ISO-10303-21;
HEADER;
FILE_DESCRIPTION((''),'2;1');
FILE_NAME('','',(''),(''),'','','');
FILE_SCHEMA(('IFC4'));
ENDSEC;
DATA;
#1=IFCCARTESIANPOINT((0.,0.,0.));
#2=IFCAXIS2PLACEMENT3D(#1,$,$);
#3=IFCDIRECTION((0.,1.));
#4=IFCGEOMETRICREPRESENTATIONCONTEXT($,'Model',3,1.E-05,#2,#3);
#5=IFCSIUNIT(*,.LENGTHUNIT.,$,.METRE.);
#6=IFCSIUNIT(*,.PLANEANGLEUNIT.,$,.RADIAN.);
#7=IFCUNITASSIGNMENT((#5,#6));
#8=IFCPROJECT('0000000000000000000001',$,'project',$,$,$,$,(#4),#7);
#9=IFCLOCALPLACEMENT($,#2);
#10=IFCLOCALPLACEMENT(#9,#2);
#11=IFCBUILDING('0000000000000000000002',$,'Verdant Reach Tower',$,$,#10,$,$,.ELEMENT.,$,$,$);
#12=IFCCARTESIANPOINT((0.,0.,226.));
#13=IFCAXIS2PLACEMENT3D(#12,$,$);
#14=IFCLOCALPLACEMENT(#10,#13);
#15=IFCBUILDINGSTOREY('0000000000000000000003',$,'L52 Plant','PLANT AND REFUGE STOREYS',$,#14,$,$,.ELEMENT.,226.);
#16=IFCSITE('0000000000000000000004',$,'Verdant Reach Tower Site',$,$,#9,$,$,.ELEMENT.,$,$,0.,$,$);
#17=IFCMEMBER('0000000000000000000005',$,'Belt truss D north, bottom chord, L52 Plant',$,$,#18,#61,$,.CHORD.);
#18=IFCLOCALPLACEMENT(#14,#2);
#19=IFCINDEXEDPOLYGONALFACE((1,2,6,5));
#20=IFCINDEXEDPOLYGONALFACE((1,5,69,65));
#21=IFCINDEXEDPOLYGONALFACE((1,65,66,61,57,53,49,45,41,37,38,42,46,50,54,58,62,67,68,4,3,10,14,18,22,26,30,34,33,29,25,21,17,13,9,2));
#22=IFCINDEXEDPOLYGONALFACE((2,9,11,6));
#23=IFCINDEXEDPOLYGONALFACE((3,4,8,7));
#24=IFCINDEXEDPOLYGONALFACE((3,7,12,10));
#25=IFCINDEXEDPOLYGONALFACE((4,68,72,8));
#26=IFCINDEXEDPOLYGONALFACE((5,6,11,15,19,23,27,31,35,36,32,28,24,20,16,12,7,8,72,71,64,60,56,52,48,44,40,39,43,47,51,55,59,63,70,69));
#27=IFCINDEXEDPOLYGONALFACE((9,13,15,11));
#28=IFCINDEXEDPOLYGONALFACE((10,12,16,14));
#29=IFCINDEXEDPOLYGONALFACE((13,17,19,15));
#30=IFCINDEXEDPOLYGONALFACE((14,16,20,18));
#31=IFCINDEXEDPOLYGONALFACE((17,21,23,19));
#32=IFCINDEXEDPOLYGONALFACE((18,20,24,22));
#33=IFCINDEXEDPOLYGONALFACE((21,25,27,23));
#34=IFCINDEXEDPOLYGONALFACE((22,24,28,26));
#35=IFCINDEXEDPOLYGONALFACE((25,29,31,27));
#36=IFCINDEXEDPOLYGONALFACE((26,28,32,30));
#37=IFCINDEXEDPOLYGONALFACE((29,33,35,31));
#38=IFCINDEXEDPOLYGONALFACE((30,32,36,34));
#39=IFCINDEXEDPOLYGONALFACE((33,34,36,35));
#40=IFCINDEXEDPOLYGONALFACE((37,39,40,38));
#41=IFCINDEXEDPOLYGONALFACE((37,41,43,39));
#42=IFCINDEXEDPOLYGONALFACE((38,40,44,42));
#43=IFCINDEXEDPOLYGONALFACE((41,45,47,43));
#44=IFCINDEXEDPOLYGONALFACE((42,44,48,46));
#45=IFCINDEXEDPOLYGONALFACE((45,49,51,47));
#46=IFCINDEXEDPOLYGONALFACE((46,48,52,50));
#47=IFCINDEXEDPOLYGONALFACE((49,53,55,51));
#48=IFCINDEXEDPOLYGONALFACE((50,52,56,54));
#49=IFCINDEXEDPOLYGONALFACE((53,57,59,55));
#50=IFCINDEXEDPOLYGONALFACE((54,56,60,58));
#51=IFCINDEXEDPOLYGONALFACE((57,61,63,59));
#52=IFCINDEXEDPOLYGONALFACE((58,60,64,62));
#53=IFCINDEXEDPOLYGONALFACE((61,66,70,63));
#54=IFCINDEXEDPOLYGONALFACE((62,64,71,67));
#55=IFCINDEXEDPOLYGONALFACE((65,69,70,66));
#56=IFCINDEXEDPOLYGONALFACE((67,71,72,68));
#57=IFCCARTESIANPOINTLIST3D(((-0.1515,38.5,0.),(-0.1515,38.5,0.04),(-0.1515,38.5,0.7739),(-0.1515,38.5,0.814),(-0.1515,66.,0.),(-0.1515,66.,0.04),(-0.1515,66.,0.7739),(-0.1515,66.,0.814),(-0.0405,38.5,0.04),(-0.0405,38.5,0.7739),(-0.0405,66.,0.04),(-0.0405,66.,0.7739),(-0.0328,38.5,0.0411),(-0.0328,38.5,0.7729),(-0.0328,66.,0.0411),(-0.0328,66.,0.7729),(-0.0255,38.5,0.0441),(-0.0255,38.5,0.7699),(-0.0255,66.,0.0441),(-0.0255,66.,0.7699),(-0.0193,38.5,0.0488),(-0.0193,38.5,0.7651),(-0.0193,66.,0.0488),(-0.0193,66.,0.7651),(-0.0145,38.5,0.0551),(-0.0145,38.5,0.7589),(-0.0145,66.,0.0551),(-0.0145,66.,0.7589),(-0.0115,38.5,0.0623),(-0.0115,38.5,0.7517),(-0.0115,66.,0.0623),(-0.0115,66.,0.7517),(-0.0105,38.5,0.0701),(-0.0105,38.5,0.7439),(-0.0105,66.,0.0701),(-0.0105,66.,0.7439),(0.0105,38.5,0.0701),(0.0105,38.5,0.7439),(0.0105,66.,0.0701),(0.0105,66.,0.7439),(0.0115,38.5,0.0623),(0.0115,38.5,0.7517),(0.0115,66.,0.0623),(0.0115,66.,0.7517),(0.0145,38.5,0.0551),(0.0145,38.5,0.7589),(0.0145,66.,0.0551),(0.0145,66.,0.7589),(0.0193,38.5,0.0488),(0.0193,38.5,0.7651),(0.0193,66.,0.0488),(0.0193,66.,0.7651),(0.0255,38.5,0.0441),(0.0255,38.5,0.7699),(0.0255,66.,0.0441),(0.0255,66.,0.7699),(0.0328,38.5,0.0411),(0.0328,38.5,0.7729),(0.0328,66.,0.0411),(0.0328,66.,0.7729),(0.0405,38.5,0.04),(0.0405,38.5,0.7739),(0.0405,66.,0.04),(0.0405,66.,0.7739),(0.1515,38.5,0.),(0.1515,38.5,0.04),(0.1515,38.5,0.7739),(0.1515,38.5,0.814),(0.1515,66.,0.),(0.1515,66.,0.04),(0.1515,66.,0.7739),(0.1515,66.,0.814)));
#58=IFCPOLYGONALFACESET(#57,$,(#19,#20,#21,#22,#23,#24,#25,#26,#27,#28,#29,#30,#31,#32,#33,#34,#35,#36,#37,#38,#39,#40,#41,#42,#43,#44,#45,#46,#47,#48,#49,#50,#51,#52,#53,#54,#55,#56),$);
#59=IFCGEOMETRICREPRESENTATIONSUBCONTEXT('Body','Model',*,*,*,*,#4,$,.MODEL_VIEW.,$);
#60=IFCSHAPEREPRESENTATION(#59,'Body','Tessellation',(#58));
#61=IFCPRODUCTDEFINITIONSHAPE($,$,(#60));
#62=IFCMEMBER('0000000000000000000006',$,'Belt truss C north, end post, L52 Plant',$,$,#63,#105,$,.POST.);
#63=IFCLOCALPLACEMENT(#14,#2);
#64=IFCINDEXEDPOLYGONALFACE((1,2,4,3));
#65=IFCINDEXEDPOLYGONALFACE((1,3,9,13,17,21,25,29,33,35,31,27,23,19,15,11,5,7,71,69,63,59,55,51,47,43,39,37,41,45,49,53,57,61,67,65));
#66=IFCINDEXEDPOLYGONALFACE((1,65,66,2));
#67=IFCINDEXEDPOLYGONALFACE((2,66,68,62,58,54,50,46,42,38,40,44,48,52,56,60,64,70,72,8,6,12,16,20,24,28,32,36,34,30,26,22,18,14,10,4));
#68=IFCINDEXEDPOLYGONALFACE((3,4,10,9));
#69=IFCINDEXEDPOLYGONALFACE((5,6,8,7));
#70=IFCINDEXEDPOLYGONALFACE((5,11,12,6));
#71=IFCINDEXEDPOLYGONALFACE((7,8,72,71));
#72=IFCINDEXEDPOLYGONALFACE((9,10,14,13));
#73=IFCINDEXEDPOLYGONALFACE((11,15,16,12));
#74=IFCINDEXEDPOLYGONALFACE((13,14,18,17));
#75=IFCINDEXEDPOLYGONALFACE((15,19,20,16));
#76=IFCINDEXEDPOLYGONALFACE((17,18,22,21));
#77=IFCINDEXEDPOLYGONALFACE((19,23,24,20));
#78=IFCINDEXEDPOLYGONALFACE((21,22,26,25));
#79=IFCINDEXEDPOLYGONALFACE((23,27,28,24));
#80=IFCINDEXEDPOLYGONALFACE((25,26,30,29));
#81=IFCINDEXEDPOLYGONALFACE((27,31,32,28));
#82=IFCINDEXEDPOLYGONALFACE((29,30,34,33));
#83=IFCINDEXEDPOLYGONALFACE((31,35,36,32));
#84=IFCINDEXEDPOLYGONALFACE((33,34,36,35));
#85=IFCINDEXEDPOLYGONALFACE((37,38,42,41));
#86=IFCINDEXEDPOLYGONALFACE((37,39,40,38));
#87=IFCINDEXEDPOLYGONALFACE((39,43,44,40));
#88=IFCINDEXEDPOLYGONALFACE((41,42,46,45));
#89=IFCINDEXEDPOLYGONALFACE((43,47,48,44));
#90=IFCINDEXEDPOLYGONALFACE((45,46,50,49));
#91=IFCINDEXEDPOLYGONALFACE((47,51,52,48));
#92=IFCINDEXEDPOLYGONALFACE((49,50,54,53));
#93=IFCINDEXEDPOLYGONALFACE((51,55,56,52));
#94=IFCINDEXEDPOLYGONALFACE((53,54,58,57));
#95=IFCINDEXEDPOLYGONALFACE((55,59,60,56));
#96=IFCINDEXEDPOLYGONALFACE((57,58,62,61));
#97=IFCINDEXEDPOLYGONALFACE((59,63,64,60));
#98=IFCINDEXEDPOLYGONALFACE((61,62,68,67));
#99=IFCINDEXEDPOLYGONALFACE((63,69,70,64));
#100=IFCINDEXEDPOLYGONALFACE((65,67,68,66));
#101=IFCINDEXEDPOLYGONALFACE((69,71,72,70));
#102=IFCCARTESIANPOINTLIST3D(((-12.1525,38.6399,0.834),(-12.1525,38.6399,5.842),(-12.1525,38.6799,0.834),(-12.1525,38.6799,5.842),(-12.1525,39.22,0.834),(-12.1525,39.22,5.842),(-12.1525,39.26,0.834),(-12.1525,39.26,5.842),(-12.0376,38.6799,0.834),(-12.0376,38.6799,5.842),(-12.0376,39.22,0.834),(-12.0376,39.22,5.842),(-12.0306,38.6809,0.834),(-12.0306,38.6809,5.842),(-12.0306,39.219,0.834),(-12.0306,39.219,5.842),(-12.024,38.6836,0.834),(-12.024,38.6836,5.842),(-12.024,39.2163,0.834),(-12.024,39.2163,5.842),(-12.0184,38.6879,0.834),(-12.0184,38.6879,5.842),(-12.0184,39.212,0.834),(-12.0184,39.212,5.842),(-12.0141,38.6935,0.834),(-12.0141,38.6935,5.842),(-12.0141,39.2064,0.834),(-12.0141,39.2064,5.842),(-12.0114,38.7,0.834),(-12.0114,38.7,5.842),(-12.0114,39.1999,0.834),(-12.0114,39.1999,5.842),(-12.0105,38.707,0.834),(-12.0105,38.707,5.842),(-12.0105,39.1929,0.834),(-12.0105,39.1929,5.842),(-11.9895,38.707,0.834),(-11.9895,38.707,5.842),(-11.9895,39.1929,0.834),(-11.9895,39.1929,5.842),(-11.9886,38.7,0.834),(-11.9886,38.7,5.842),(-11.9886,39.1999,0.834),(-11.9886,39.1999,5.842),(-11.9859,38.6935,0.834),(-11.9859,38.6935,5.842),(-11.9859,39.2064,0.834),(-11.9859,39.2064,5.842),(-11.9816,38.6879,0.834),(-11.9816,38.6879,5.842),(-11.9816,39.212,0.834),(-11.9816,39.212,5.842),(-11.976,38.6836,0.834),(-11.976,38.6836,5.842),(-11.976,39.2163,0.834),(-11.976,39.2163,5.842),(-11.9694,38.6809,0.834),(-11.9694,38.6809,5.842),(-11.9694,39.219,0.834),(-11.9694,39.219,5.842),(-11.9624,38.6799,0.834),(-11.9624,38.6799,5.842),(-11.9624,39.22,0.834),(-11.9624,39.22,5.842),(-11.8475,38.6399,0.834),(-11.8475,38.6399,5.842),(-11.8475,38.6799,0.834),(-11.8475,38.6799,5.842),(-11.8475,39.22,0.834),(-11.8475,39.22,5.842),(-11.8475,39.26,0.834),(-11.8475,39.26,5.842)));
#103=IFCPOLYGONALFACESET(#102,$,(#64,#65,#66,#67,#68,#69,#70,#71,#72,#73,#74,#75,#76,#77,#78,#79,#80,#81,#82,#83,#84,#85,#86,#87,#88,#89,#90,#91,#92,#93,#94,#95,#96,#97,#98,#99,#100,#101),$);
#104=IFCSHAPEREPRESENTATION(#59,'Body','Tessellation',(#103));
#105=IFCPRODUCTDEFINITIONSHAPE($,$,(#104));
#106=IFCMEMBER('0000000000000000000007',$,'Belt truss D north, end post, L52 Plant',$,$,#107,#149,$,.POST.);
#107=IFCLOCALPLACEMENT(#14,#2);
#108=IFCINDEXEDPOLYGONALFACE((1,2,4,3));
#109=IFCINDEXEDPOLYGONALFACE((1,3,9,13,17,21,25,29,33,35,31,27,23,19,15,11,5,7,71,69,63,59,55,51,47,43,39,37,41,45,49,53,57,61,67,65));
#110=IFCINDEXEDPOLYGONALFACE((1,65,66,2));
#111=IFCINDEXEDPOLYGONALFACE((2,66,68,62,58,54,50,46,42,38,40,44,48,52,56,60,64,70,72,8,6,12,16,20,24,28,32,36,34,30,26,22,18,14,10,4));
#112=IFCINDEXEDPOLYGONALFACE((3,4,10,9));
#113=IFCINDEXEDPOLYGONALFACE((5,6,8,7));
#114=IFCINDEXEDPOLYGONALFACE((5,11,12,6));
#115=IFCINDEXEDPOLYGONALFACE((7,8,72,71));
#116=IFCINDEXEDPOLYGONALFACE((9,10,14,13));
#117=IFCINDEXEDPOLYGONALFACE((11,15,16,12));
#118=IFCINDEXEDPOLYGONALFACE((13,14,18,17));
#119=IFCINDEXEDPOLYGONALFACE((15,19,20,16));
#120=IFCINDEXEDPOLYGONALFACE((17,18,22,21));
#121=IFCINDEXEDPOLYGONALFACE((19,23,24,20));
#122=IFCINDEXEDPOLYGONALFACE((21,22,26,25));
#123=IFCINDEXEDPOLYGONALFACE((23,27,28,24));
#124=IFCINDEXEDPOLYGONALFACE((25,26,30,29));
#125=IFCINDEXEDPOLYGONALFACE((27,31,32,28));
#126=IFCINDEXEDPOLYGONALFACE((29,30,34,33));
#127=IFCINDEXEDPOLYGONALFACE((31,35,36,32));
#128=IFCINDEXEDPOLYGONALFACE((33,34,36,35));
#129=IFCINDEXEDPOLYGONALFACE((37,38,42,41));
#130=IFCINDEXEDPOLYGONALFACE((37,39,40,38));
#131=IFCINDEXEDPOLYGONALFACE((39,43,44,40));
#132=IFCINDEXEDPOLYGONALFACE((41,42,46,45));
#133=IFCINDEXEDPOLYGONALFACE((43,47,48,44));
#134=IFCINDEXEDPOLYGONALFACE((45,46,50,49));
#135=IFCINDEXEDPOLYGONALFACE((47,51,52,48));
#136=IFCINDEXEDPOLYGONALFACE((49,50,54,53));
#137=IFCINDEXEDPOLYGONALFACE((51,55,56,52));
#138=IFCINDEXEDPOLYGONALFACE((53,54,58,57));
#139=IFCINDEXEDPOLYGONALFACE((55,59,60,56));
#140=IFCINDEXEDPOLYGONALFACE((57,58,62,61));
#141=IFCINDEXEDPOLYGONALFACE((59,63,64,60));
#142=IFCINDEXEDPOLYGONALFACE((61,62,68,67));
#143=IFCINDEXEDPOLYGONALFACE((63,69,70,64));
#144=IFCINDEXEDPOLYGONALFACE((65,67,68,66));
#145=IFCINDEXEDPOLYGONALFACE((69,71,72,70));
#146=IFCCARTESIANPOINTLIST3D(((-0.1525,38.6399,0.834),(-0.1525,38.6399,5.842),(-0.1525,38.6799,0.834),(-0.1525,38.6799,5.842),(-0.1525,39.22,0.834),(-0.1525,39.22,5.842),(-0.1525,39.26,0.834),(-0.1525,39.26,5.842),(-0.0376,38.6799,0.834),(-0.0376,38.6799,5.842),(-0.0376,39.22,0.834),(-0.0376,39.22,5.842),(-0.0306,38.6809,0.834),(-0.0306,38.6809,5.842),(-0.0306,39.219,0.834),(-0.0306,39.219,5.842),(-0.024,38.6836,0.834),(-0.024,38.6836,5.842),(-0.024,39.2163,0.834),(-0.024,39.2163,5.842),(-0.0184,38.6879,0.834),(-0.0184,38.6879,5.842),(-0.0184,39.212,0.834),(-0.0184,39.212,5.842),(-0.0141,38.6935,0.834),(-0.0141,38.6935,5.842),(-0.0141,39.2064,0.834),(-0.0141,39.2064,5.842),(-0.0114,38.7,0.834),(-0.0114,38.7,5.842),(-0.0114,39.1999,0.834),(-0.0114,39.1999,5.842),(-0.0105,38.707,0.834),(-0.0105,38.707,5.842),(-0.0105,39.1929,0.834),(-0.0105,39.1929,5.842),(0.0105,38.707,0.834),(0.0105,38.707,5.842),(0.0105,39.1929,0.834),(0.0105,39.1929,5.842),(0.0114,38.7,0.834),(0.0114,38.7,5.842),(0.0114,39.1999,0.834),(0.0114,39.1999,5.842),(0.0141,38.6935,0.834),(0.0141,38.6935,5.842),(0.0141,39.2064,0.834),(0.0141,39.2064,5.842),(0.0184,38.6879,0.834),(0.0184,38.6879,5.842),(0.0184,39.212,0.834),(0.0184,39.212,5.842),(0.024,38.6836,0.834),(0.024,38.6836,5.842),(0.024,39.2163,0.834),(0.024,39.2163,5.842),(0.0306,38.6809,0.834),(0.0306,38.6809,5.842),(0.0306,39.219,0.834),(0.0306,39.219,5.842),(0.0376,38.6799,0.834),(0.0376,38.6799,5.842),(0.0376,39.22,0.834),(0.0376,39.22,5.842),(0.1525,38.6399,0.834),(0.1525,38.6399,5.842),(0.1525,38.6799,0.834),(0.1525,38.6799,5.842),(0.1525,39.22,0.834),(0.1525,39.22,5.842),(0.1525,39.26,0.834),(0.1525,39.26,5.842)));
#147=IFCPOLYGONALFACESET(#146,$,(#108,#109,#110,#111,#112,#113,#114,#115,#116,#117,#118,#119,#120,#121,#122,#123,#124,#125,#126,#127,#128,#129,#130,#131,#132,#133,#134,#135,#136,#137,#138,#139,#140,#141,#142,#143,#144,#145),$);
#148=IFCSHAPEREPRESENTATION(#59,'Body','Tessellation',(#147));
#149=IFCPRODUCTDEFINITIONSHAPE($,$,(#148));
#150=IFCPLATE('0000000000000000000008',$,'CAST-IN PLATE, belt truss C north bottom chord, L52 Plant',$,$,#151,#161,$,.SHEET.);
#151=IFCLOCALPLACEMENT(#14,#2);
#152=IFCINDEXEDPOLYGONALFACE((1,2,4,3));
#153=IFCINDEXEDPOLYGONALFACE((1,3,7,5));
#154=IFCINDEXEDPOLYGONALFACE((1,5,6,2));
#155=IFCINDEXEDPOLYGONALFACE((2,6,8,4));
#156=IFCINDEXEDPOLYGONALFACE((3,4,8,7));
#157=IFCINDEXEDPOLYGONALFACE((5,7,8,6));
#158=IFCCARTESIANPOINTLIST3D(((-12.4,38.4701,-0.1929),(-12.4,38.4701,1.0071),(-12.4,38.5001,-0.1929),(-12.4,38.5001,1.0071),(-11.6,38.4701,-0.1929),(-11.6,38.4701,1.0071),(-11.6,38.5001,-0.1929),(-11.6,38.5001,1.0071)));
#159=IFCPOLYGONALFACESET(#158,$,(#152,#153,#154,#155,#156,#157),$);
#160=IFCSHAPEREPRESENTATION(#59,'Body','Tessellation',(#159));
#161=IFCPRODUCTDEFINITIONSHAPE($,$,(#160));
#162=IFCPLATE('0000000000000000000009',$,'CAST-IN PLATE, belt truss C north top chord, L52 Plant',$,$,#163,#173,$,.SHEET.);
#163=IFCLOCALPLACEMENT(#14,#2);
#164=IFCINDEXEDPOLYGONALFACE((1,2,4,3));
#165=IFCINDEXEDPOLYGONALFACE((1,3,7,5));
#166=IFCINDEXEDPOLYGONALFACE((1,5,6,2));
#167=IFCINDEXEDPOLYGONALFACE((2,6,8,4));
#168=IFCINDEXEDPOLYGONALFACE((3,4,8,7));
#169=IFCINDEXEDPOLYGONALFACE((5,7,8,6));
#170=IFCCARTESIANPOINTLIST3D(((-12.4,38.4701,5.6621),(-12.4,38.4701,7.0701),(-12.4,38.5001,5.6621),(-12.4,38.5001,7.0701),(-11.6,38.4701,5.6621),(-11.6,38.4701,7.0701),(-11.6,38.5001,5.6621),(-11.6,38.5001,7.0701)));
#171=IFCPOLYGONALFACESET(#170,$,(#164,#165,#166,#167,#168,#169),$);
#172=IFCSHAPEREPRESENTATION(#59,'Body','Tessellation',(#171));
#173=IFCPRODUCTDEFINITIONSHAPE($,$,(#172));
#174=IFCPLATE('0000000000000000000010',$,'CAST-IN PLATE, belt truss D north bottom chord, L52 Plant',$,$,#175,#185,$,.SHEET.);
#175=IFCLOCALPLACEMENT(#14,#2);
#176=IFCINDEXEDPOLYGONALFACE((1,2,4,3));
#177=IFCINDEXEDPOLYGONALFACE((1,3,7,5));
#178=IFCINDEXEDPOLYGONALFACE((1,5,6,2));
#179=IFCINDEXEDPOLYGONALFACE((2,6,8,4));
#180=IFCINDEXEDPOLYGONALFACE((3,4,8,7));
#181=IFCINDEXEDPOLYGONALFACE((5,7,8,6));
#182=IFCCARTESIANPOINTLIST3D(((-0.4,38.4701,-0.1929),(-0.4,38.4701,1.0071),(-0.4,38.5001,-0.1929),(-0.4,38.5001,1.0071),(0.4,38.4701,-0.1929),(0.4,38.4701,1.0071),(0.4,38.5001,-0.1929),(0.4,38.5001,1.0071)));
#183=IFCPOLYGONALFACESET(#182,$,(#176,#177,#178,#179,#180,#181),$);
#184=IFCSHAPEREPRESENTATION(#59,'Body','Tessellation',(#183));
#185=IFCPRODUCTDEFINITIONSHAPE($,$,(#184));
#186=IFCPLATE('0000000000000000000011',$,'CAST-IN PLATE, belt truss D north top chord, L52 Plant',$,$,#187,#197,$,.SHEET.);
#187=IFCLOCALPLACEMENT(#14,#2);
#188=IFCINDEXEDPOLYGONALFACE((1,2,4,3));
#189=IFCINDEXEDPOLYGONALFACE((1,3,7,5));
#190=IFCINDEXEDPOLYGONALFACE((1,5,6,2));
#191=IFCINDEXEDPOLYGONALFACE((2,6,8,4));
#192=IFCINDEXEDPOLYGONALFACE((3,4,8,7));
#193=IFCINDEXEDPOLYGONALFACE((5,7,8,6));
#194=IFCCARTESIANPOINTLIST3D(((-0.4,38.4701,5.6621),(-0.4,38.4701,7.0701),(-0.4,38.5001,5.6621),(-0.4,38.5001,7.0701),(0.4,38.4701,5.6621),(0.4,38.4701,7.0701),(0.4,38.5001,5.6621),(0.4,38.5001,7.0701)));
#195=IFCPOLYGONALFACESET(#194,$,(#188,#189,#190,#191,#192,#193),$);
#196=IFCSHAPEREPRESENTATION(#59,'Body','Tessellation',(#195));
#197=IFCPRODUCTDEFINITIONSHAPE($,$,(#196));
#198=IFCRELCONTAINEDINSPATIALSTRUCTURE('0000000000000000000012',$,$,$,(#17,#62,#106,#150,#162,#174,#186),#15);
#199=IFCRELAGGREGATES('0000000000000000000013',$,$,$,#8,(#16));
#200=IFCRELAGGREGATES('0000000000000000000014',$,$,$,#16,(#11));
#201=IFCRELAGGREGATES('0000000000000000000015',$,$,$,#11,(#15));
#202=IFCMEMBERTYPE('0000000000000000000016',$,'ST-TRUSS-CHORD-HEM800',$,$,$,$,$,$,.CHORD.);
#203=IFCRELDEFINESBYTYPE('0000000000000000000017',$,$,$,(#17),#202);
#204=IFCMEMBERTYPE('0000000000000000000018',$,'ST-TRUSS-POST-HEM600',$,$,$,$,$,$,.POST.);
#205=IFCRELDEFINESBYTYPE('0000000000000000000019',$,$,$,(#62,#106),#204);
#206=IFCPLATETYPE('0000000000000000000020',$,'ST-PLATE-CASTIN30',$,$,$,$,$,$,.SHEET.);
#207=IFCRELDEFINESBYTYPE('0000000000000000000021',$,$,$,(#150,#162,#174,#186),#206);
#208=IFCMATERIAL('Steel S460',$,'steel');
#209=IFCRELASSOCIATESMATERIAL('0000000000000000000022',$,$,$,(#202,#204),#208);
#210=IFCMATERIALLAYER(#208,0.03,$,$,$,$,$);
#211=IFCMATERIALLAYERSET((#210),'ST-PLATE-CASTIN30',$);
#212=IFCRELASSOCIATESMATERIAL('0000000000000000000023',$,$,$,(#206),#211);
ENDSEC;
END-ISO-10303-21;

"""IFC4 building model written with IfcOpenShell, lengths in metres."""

from ifc_helpers import new_model, si_unit, direction, frame, origin, origin_2d, place, context, subcontext, project, spatial, rectangle, i_section, extrude, material, layer, layer_set, material_profile, profile_set, type_object, element, save


model = new_model("IFC4")

# Units and contexts
model_context = context("Model", 3, precision=1e-05, world=origin(), true_north=direction((0.0, 1.0)))
body_context = subcontext(model_context, "Body", "Model", "MODEL_VIEW")
ifc_project = project(units=[si_unit("LENGTHUNIT", "METRE"), si_unit("PLANEANGLEUNIT", "RADIAN")], contexts=[model_context])

# Site, building, storey
site_placement = place(None, origin())
site = spatial("IfcSite", under=ifc_project, at=site_placement, Name="Verdant Reach Tower Site", CompositionType="ELEMENT", RefElevation=0.0)
building_placement = place(site_placement, origin())
building = spatial("IfcBuilding", under=site, at=building_placement, Name="Verdant Reach Tower", CompositionType="ELEMENT")
storey_placement = place(building_placement, frame((0.0, 0.0, 226.0)))
storey = spatial("IfcBuildingStorey", under=building, at=storey_placement, Name="L52 Plant", Description="PLANT AND REFUGE STOREYS", CompositionType="ELEMENT", Elevation=226.0)

# Shared definitions
ifc_material_1 = material(Name="Steel S460", Category="steel")

# Members
ifc_material_profile_1 = material_profile(ifc_material_1, i_section(OverallWidth=0.303, OverallDepth=0.814, WebThickness=0.021, FlangeThickness=0.04, FilletRadius=0.03, at=origin_2d()), Name="HEM 800")
ifc_profile_set_1 = profile_set([ifc_material_profile_1], Name="Steel S460")
member_type_1 = type_object("IfcMemberType", Name="ST-TRUSS-CHORD-HEM800", PredefinedType="CHORD", material=ifc_profile_set_1)
member_1_placement = place(storey_placement, frame((0.0, 38.5, 0.407), z_axis=(0.0, 1.0, 0.0), x_axis=(-1.0, 0.0, 0.0)))
element("IfcMember", 1, at=member_1_placement, inside=storey, type_object=member_type_1, Name="Belt truss D north, bottom chord, L52 Plant", PredefinedType="CHORD", context=body_context, shape_type="SweptSolid", body=[
    extrude(i_section(OverallWidth=0.303, OverallDepth=0.814, WebThickness=0.021, FlangeThickness=0.04, FilletRadius=0.03, at=origin_2d()), origin(), (0.0, 0.0, 1.0), 27.5),
])
ifc_material_profile_2 = material_profile(ifc_material_1, i_section(OverallWidth=0.3049, OverallDepth=0.6201, WebThickness=0.021, FlangeThickness=0.04, FilletRadius=0.0271, at=origin_2d()), Name="HEM 600")
ifc_profile_set_2 = profile_set([ifc_material_profile_2], Name="Steel S460")
member_type_2 = type_object("IfcMemberType", Name="ST-TRUSS-POST-HEM600", PredefinedType="POST", material=ifc_profile_set_2)
for number, where, z_axis, x_axis, name in (
    (2, (-12.0, 38.95, 0.834), (0.0, 0.0, 1.0), (1.0, 0.0, 0.0), "Belt truss C north, end post, L52 Plant"),
    (3, (0.0, 38.95, 0.834), (0.0, 0.0, 1.0), (1.0, 0.0, 0.0), "Belt truss D north, end post, L52 Plant"),
):
    element("IfcMember", number, at=place(storey_placement, frame(where, z_axis=z_axis, x_axis=x_axis)), inside=storey, type_object=member_type_2, Name=name, PredefinedType="POST", context=body_context, shape_type="SweptSolid", body=[
        extrude(i_section(OverallWidth=0.3049, OverallDepth=0.6201, WebThickness=0.021, FlangeThickness=0.04, FilletRadius=0.0271, at=origin_2d()), origin(), (0.0, 0.0, 1.0), 5.0081),
    ])

# Plates
ifc_layer_1 = layer(ifc_material_1, 0.03)
ifc_layer_set_1 = layer_set([ifc_layer_1], Name="ST-PLATE-CASTIN30")
plate_type_1 = type_object("IfcPlateType", Name="ST-PLATE-CASTIN30", PredefinedType="SHEET", material=ifc_layer_set_1)
plate_1_placement = place(storey_placement, frame((-12.0, 38.4851, -0.1929), z_axis=(0.0, 0.0, 1.0), x_axis=(1.0, 0.0, 0.0)))
element("IfcPlate", 4, at=plate_1_placement, inside=storey, type_object=plate_type_1, Name="CAST-IN PLATE, belt truss C north bottom chord, L52 Plant", PredefinedType="SHEET", context=body_context, shape_type="SweptSolid", body=[
    extrude(rectangle(XDim=0.8, YDim=0.03, at=origin_2d()), origin(), (0.0, 0.0, 1.0), 1.2),
])
plate_2_placement = place(storey_placement, frame((-12.0, 38.4851, 5.6621), z_axis=(0.0, 0.0, 1.0), x_axis=(1.0, 0.0, 0.0)))
element("IfcPlate", 5, at=plate_2_placement, inside=storey, type_object=plate_type_1, Name="CAST-IN PLATE, belt truss C north top chord, L52 Plant", PredefinedType="SHEET", context=body_context, shape_type="SweptSolid", body=[
    extrude(rectangle(XDim=0.8, YDim=0.03, at=origin_2d()), origin(), (0.0, 0.0, 1.0), 1.408),
])
plate_3_placement = place(storey_placement, frame((0.0, 38.4851, -0.1929), z_axis=(0.0, 0.0, 1.0), x_axis=(1.0, 0.0, 0.0)))
element("IfcPlate", 6, at=plate_3_placement, inside=storey, type_object=plate_type_1, Name="CAST-IN PLATE, belt truss D north bottom chord, L52 Plant", PredefinedType="SHEET", context=body_context, shape_type="SweptSolid", body=[
    extrude(rectangle(XDim=0.8, YDim=0.03, at=origin_2d()), origin(), (0.0, 0.0, 1.0), 1.2),
])
plate_4_placement = place(storey_placement, frame((0.0, 38.4851, 5.6621), z_axis=(0.0, 0.0, 1.0), x_axis=(1.0, 0.0, 0.0)))
element("IfcPlate", 7, at=plate_4_placement, inside=storey, type_object=plate_type_1, Name="CAST-IN PLATE, belt truss D north top chord, L52 Plant", PredefinedType="SHEET", context=body_context, shape_type="SweptSolid", body=[
    extrude(rectangle(XDim=0.8, YDim=0.03, at=origin_2d()), origin(), (0.0, 0.0, 1.0), 1.408),
])

save(model, "model.ifc")
